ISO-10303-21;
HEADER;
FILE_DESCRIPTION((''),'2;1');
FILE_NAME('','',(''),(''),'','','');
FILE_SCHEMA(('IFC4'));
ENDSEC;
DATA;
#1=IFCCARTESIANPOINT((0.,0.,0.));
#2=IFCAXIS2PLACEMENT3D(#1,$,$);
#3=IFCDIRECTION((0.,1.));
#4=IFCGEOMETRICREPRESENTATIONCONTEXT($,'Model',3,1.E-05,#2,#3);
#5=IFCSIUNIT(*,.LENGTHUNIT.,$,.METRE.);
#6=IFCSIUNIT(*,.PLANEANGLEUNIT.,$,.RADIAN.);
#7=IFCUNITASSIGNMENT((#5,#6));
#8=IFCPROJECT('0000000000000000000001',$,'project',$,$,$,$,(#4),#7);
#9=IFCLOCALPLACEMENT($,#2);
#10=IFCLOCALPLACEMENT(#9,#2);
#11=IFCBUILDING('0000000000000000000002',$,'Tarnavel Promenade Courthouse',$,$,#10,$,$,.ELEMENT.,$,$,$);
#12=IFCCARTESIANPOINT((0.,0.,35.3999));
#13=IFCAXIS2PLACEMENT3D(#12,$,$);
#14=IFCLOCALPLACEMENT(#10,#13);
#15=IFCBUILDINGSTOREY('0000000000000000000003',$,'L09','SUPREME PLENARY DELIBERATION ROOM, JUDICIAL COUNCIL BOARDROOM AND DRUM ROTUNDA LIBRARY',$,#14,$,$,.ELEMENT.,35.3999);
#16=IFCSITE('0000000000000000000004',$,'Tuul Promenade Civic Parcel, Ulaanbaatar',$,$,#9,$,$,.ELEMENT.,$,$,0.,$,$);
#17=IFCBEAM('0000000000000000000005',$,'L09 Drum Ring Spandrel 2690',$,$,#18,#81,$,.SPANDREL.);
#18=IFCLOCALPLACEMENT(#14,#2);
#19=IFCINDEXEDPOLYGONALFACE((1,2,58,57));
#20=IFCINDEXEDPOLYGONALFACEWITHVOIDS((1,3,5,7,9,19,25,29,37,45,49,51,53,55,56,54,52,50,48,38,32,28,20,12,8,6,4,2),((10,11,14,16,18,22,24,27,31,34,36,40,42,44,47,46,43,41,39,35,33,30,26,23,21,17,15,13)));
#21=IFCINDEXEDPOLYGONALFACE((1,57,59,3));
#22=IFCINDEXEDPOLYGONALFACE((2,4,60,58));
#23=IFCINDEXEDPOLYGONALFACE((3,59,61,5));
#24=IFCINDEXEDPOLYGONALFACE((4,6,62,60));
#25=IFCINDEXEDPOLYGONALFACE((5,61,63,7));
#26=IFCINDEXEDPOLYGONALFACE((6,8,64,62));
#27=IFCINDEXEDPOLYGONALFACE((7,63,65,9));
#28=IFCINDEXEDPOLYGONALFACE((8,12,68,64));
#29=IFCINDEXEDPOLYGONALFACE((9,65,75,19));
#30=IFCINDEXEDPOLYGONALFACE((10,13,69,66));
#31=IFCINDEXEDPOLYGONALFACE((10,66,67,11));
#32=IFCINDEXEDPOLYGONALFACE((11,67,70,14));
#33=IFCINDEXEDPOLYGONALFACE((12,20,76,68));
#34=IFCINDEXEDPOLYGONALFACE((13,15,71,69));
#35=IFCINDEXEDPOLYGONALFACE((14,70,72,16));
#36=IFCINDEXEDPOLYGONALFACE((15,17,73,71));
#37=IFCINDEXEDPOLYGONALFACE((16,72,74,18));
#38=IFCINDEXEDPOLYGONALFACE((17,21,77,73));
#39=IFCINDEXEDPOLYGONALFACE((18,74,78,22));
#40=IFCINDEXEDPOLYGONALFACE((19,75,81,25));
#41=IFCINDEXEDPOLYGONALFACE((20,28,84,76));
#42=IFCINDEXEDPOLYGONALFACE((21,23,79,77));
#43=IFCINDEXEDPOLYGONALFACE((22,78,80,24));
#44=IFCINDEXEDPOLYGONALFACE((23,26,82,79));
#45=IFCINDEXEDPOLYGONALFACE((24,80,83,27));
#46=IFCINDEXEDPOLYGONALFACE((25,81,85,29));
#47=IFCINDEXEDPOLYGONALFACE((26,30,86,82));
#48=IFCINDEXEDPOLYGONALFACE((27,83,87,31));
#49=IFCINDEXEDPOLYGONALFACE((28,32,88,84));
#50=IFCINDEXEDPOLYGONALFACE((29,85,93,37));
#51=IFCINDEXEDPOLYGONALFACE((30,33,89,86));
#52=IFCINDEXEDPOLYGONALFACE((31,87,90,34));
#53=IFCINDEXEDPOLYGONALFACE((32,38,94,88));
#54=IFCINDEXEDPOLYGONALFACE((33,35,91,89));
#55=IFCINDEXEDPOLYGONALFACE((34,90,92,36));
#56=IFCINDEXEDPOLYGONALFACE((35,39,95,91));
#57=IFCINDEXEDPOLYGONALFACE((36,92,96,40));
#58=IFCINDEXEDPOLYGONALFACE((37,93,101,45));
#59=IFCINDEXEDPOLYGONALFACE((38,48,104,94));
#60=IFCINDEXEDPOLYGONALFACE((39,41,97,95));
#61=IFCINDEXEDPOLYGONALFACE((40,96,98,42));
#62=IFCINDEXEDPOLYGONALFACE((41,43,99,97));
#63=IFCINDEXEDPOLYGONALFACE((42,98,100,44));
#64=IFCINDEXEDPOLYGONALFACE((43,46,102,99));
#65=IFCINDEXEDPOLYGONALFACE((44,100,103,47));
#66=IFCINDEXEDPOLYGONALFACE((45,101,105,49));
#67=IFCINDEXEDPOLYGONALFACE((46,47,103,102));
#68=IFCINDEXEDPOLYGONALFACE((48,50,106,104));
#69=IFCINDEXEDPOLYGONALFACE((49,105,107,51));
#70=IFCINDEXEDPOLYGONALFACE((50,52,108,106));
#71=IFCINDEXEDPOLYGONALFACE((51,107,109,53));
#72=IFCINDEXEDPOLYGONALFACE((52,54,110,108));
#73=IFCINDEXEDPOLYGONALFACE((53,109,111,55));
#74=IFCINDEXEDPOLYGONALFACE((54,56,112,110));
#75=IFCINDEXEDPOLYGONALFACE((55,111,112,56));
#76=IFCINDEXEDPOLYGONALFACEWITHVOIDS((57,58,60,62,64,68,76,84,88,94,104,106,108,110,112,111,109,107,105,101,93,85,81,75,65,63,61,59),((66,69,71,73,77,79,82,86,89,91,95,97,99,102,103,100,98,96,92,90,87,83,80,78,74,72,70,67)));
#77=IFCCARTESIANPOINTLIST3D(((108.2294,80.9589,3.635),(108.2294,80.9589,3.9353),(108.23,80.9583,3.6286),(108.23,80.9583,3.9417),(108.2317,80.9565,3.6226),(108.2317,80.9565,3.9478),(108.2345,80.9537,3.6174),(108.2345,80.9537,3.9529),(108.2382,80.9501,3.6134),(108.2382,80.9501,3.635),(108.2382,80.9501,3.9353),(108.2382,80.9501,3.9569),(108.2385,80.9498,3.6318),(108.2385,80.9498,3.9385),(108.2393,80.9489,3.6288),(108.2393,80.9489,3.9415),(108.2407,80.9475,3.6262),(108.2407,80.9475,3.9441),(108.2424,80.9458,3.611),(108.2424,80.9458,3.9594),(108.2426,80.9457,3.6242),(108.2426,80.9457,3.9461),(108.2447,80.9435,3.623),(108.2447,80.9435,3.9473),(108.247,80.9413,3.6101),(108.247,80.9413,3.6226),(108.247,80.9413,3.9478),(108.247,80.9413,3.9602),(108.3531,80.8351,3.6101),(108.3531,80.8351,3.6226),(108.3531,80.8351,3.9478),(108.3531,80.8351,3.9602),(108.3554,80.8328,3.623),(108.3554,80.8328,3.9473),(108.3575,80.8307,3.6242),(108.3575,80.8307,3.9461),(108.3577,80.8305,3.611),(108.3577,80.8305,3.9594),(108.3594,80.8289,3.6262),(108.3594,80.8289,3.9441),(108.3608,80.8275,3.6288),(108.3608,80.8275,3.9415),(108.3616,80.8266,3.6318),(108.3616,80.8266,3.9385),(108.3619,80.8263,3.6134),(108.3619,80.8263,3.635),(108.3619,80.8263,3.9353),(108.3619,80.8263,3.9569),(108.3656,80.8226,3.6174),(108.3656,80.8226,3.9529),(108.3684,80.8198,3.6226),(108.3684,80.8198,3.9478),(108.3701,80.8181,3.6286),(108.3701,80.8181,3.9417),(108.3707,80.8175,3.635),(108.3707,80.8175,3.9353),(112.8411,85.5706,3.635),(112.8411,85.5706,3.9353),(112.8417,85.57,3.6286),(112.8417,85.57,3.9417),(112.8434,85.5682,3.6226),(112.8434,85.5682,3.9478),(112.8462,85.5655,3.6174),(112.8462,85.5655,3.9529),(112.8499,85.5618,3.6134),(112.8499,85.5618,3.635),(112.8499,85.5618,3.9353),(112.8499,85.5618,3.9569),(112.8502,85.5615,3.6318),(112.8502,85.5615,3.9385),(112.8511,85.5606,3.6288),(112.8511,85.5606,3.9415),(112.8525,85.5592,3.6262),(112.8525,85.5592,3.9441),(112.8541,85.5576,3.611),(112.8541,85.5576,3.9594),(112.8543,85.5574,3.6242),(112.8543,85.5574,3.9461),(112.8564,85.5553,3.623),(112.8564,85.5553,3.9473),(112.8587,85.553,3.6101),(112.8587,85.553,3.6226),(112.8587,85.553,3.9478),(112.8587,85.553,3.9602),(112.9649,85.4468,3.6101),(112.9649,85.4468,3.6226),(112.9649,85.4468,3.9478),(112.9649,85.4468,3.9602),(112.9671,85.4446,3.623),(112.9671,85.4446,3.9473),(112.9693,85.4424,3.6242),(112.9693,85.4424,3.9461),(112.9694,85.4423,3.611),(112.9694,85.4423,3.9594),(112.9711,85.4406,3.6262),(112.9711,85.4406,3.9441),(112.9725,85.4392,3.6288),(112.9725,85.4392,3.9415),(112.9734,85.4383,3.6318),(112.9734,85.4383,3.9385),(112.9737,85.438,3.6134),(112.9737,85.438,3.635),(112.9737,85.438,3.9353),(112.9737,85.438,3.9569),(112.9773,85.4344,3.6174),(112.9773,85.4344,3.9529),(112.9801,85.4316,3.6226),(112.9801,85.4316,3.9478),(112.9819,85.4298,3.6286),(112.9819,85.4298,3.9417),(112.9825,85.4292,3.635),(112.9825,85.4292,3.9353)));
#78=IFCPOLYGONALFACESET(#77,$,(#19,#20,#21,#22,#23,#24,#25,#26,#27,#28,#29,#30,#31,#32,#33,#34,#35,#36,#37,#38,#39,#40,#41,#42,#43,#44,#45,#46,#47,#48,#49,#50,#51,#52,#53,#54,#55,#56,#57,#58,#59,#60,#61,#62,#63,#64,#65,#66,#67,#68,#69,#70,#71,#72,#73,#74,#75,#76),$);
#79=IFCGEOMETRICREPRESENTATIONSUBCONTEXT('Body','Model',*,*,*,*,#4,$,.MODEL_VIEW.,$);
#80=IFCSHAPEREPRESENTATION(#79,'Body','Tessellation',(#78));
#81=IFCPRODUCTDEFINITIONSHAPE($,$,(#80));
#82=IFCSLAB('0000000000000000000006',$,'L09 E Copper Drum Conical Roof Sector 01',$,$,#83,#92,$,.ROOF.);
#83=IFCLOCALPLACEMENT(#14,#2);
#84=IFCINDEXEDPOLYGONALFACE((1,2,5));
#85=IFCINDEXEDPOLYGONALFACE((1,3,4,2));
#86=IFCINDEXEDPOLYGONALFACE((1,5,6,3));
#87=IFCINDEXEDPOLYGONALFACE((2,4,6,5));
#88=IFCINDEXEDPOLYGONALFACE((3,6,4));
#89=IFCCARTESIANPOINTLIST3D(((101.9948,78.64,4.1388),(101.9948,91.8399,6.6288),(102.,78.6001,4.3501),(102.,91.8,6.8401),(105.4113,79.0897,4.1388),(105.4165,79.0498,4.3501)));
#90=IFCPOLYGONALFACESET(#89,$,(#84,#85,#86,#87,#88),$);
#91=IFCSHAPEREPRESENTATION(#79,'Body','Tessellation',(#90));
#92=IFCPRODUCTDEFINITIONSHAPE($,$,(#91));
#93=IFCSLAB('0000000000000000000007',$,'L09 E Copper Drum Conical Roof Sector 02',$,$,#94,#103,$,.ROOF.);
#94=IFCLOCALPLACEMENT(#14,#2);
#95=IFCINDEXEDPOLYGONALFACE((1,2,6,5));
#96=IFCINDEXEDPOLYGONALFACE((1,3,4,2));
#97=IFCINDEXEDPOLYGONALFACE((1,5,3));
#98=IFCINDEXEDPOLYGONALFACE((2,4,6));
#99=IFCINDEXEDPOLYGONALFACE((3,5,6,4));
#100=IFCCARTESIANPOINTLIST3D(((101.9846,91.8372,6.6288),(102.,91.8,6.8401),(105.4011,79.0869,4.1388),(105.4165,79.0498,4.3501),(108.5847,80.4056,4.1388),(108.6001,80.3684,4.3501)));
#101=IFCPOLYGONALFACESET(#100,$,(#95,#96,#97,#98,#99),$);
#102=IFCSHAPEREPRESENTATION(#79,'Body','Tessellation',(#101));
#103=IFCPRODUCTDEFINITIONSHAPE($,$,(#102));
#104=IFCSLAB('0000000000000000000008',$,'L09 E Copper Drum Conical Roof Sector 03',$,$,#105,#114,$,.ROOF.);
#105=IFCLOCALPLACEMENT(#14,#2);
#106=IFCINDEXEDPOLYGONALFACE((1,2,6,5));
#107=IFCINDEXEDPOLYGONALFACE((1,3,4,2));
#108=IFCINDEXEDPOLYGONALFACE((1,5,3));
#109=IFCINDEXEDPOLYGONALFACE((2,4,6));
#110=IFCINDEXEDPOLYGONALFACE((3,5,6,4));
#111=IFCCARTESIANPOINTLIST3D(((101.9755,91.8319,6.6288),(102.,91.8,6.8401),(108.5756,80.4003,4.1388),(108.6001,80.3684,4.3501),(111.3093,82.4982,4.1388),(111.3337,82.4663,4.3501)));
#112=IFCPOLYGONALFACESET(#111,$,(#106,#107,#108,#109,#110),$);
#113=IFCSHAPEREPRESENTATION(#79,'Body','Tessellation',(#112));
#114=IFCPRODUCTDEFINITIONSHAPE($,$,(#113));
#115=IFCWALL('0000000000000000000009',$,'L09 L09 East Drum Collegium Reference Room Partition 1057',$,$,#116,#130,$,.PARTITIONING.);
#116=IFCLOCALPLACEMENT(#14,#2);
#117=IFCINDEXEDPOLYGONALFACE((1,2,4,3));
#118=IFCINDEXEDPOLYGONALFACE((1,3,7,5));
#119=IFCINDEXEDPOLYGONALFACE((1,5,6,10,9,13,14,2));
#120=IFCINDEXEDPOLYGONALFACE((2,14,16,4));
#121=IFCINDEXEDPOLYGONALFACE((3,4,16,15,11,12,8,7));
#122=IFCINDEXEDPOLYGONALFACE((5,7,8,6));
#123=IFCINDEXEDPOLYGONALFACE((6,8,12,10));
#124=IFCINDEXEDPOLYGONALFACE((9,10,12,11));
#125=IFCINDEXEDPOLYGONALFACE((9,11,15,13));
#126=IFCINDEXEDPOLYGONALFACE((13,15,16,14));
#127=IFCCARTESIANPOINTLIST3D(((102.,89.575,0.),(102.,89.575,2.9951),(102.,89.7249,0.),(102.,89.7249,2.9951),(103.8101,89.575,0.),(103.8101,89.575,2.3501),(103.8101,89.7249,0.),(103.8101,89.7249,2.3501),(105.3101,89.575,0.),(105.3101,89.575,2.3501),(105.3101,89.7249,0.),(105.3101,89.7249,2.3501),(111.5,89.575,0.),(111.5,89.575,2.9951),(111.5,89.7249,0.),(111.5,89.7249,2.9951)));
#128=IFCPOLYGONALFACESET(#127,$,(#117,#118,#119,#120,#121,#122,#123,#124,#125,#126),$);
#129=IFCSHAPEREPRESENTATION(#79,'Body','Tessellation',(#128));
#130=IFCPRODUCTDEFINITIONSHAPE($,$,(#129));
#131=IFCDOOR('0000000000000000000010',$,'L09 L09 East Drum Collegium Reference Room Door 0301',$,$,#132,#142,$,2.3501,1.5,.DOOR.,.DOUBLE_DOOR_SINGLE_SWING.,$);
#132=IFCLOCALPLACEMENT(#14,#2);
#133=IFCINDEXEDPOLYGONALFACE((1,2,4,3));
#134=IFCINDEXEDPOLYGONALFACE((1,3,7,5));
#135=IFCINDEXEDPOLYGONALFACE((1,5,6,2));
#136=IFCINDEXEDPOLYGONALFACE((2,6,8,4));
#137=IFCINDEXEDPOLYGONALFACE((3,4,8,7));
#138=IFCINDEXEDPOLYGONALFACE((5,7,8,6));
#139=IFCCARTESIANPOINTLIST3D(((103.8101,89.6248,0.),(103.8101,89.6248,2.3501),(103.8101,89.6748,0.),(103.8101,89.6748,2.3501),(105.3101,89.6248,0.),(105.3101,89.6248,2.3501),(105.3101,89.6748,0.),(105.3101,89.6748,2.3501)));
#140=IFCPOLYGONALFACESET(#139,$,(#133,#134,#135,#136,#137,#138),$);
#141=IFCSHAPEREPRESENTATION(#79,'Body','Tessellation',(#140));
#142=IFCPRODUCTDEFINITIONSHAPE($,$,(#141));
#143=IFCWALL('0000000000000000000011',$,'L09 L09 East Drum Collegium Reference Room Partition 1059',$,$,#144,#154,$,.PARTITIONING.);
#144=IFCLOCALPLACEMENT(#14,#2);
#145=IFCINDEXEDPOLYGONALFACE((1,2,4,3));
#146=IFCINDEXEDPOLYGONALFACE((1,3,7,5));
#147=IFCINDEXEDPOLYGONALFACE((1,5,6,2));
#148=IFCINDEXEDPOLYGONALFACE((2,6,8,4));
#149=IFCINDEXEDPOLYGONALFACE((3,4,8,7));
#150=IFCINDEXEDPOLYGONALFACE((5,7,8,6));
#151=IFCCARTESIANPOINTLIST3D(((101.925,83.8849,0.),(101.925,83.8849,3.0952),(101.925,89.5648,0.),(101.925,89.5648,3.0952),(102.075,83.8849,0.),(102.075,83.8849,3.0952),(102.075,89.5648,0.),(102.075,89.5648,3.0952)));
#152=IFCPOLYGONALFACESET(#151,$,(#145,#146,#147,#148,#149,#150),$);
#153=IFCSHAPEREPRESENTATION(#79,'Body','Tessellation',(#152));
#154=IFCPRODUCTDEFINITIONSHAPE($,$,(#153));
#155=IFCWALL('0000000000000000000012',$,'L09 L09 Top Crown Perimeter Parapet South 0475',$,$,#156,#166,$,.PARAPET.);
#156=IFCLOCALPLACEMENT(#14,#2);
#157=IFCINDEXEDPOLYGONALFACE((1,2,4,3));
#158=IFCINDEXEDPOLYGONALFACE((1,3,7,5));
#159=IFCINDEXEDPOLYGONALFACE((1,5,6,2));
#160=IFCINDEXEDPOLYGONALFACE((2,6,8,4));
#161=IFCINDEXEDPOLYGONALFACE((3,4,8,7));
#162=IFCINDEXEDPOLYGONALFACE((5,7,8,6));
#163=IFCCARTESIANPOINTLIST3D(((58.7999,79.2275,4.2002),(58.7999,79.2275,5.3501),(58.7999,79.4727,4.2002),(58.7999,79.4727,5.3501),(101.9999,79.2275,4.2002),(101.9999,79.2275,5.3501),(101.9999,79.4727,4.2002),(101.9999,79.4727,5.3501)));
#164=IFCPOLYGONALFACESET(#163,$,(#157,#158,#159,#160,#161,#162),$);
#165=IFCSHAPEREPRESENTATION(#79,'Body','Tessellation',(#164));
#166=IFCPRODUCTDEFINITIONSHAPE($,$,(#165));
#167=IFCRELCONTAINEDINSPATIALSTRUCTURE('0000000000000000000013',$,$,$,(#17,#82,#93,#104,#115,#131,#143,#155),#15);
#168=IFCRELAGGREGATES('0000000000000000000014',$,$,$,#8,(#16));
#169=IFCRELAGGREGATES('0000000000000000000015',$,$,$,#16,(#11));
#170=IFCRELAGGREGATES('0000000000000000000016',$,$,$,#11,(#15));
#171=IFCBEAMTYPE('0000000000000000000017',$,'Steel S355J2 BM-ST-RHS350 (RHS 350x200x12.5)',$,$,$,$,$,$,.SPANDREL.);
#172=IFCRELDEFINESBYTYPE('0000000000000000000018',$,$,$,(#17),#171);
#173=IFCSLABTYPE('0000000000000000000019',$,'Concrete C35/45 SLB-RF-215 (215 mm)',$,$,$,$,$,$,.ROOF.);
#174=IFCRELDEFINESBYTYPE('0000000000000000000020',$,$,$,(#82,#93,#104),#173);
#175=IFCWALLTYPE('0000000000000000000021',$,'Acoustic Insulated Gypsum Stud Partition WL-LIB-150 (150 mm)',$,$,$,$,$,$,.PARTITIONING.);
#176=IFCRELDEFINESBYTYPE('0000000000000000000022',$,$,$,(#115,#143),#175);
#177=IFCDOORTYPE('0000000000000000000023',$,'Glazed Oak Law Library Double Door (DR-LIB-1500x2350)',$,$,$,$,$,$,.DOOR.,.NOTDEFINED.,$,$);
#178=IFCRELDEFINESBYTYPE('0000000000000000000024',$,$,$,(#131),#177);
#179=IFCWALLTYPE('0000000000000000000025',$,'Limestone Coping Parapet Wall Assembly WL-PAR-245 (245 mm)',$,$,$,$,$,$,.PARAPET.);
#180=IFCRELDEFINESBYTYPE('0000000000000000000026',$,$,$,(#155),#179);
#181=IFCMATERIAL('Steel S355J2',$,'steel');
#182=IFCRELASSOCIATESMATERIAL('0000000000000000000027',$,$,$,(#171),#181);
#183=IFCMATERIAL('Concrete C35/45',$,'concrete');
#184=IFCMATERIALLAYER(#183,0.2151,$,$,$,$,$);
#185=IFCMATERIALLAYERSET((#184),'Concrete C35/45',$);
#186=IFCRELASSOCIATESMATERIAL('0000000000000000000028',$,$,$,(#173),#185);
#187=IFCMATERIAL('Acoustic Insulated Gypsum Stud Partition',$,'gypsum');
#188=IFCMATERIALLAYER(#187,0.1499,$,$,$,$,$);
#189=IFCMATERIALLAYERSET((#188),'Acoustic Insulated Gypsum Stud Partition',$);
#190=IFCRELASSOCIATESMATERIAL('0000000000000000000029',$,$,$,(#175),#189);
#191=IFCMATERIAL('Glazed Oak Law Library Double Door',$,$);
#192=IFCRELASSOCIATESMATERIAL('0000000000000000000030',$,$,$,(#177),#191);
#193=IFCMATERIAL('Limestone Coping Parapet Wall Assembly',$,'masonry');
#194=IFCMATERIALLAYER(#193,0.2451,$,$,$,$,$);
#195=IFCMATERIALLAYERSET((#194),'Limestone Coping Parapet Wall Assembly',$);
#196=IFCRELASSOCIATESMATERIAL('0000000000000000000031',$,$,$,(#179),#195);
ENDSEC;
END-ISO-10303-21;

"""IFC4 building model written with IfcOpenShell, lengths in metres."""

from ifc_helpers import new_model, si_unit, direction, frame, frame_2d, origin, origin_2d, place, context, subcontext, project, spatial, polyline, rectangle, hollow_rectangle, outline, extrude, material, layer, layer_set, material_profile, profile_set, type_object, element, fill, save


model = new_model("IFC4")

# Units and contexts
model_context = context("Model", 3, precision=1e-05, world=origin(), true_north=direction((0.0, 1.0)))
body_context = subcontext(model_context, "Body", "Model", "MODEL_VIEW")
ifc_project = project(units=[si_unit("LENGTHUNIT", "METRE"), si_unit("PLANEANGLEUNIT", "RADIAN")], contexts=[model_context])

# Site, building, storey
site_placement = place(None, origin())
site = spatial("IfcSite", under=ifc_project, at=site_placement, Name="Tuul Promenade Civic Parcel, Ulaanbaatar", CompositionType="ELEMENT", RefElevation=0.0)
building_placement = place(site_placement, origin())
building = spatial("IfcBuilding", under=site, at=building_placement, Name="Tarnavel Promenade Courthouse", CompositionType="ELEMENT")
storey_placement = place(building_placement, frame((0.0, 0.0, 35.3999)))
storey = spatial("IfcBuildingStorey", under=building, at=storey_placement, Name="L09", Description="SUPREME PLENARY DELIBERATION ROOM, JUDICIAL COUNCIL BOARDROOM AND DRUM ROTUNDA LIBRARY", CompositionType="ELEMENT", Elevation=35.3999)

# Beam
ifc_material_1 = material(Name="Steel S355J2", Category="steel")
ifc_material_profile_1 = material_profile(ifc_material_1, hollow_rectangle(XDim=0.2, YDim=0.3501, WallThickness=0.0125, InnerFilletRadius=0.0125, OuterFilletRadius=0.0249, at=origin_2d()), Name="RHS 350x200x12.5")
ifc_profile_set_1 = profile_set([ifc_material_profile_1], Name="Steel S355J2")
beam_type_1 = type_object("IfcBeamType", Name="Steel S355J2 BM-ST-RHS350 (RHS 350x200x12.5)", PredefinedType="SPANDREL", material=ifc_profile_set_1)
beam_1_placement = place(storey_placement, frame((108.3, 80.8882, 3.7852), z_axis=(0.707107, 0.707107, 0.0), x_axis=(-0.707107, 0.707107, 0.0)))
element("IfcBeam", 1, at=beam_1_placement, inside=storey, type_object=beam_type_1, Name="L09 Drum Ring Spandrel 2690", PredefinedType="SPANDREL", context=body_context, shape_type="SweptSolid", body=[
    extrude(hollow_rectangle(XDim=0.2, YDim=0.3501, WallThickness=0.0125, InnerFilletRadius=0.0125, OuterFilletRadius=0.0249, at=origin_2d()), origin(), (0.0, 0.0, 1.0), 6.522),
])

# Slabs
ifc_material_2 = material(Name="Concrete C35/45", Category="concrete")
ifc_layer_1 = layer(ifc_material_2, 0.2151)
ifc_layer_set_1 = layer_set([ifc_layer_1], Name="Concrete C35/45")
slab_type = type_object("IfcSlabType", Name="Concrete C35/45 SLB-RF-215 (215 mm)", PredefinedType="ROOF", material=ifc_layer_set_1)
slab_1_placement = place(storey_placement, frame((102.0, 78.6001, 4.3501), z_axis=(0.024392, -0.185312, 0.982377), x_axis=(0.991448, 0.130502, 0.0)))
element("IfcSlab", 2, at=slab_1_placement, inside=storey, type_object=slab_type, Name="L09 E Copper Drum Conical Roof Sector 01", PredefinedType="ROOF", context=body_context, shape_type="SweptSolid", body=[
    extrude(outline(polyline([(0.0, 0.0), (3.446, 0.0), (1.7226, 13.3218), (0.0, 0.0)])), origin(), (0.0, 0.0, -1.0), 0.2151),
])
slab_2_placement = place(storey_placement, frame((105.4165, 79.0498, 4.3501), z_axis=(0.071523, -0.172683, 0.982377), x_axis=(0.923888, 0.382663, 0.0)))
element("IfcSlab", 3, at=slab_2_placement, inside=storey, type_object=slab_type, Name="L09 E Copper Drum Conical Roof Sector 02", PredefinedType="ROOF", context=body_context, shape_type="SweptSolid", body=[
    extrude(outline(polyline([(0.0, 0.0), (3.4459, 0.0), (1.7226, 13.3219), (0.0, 0.0)])), origin(), (0.0, 0.0, -1.0), 0.2151),
])
slab_3_placement = place(storey_placement, frame((108.6001, 80.3684, 4.3501), z_axis=(0.113794, -0.148278, 0.982377), x_axis=(0.793311, 0.608817, 0.0)))
element("IfcSlab", 4, at=slab_3_placement, inside=storey, type_object=slab_type, Name="L09 E Copper Drum Conical Roof Sector 03", PredefinedType="ROOF", context=body_context, shape_type="SweptSolid", body=[
    extrude(outline(polyline([(0.0, 0.0), (3.4459, 0.0), (1.7238, 13.3219), (0.0, 0.0)])), origin(), (0.0, 0.0, -1.0), 0.2151),
])

# Wall, opening, door
ifc_material_3 = material(Name="Acoustic Insulated Gypsum Stud Partition", Category="gypsum")
ifc_layer_2 = layer(ifc_material_3, 0.1499)
ifc_layer_set_2 = layer_set([ifc_layer_2], Name="Acoustic Insulated Gypsum Stud Partition")
wall_type_1 = type_object("IfcWallType", Name="Acoustic Insulated Gypsum Stud Partition WL-LIB-150 (150 mm)", PredefinedType="PARTITIONING", material=ifc_layer_set_2)
wall_1_placement = place(storey_placement, frame((102.0, 89.6499, 0.0), z_axis=(0.0, 0.0, 1.0), x_axis=(1.0, 0.0, 0.0)))
wall_1 = element("IfcWall", 5, at=wall_1_placement, inside=storey, type_object=wall_type_1, Name="L09 L09 East Drum Collegium Reference Room Partition 1057", PredefinedType="PARTITIONING", context=body_context, shape_type="SweptSolid", body=[
    extrude(rectangle(XDim=9.5, YDim=0.1499, at=frame_2d((4.75, 0.0))), origin(), (0.0, 0.0, 1.0), 2.9951),
])
opening_1_placement = place(wall_1_placement, frame((1.8101, 0.0, 0.0)))
opening_1 = element("IfcOpeningElement", 6, at=opening_1_placement, cuts=wall_1, PredefinedType="OPENING", context=body_context, shape_type="SweptSolid", body=[
    extrude(rectangle(XDim=1.5, YDim=2.3501, at=frame_2d((0.75, 1.175))), frame((0.0, 0.085, 0.0), z_axis=(0.0, -1.0, 0.0), x_axis=(1.0, 0.0, 0.0)), (0.0, 0.0, 1.0), 0.1699),
])
ifc_material_4 = material(Name="Glazed Oak Law Library Double Door")
door_type = type_object("IfcDoorType", Name="Glazed Oak Law Library Double Door (DR-LIB-1500x2350)", OperationType="NOTDEFINED", PredefinedType="DOOR", material=ifc_material_4)
door_placement = place(opening_1_placement, origin())
door = element("IfcDoor", 7, at=door_placement, inside=storey, type_object=door_type, Name="L09 L09 East Drum Collegium Reference Room Door 0301", OperationType="DOUBLE_DOOR_SINGLE_SWING", OverallHeight=2.3501, OverallWidth=1.5, PredefinedType="DOOR", context=body_context, shape_type="SweptSolid", body=[
    extrude(rectangle(XDim=1.5, YDim=2.3501, at=frame_2d((0.75, 1.175))), frame((0.0, 0.0249, 0.0), z_axis=(0.0, -1.0, 0.0), x_axis=(1.0, 0.0, 0.0)), (0.0, 0.0, 1.0), 0.05),
])
fill(opening_1, door)

# Walls
wall_2_placement = place(storey_placement, frame((102.0, 83.885, 0.0), z_axis=(0.0, 0.0, 1.0), x_axis=(0.0, 1.0, 0.0)))
element("IfcWall", 8, at=wall_2_placement, inside=storey, type_object=wall_type_1, Name="L09 L09 East Drum Collegium Reference Room Partition 1059", PredefinedType="PARTITIONING", context=body_context, shape_type="SweptSolid", body=[
    extrude(rectangle(XDim=5.6799, YDim=0.1499, at=frame_2d((2.8398, 0.0))), origin(), (0.0, 0.0, 1.0), 3.0952),
])
ifc_material_5 = material(Name="Limestone Coping Parapet Wall Assembly", Category="masonry")
ifc_layer_3 = layer(ifc_material_5, 0.2451)
ifc_layer_set_3 = layer_set([ifc_layer_3], Name="Limestone Coping Parapet Wall Assembly")
wall_type_2 = type_object("IfcWallType", Name="Limestone Coping Parapet Wall Assembly WL-PAR-245 (245 mm)", PredefinedType="PARAPET", material=ifc_layer_set_3)
wall_3_placement = place(storey_placement, frame((102.0, 79.3501, 4.2002), z_axis=(0.0, 0.0, 1.0), x_axis=(-1.0, 0.0, 0.0)))
element("IfcWall", 9, at=wall_3_placement, inside=storey, type_object=wall_type_2, Name="L09 L09 Top Crown Perimeter Parapet South 0475", PredefinedType="PARAPET", context=body_context, shape_type="SweptSolid", body=[
    extrude(rectangle(XDim=43.2, YDim=0.2451, at=frame_2d((21.6001, 0.0))), origin(), (0.0, 0.0, 1.0), 1.1499),
])

save(model, "model.ifc")
